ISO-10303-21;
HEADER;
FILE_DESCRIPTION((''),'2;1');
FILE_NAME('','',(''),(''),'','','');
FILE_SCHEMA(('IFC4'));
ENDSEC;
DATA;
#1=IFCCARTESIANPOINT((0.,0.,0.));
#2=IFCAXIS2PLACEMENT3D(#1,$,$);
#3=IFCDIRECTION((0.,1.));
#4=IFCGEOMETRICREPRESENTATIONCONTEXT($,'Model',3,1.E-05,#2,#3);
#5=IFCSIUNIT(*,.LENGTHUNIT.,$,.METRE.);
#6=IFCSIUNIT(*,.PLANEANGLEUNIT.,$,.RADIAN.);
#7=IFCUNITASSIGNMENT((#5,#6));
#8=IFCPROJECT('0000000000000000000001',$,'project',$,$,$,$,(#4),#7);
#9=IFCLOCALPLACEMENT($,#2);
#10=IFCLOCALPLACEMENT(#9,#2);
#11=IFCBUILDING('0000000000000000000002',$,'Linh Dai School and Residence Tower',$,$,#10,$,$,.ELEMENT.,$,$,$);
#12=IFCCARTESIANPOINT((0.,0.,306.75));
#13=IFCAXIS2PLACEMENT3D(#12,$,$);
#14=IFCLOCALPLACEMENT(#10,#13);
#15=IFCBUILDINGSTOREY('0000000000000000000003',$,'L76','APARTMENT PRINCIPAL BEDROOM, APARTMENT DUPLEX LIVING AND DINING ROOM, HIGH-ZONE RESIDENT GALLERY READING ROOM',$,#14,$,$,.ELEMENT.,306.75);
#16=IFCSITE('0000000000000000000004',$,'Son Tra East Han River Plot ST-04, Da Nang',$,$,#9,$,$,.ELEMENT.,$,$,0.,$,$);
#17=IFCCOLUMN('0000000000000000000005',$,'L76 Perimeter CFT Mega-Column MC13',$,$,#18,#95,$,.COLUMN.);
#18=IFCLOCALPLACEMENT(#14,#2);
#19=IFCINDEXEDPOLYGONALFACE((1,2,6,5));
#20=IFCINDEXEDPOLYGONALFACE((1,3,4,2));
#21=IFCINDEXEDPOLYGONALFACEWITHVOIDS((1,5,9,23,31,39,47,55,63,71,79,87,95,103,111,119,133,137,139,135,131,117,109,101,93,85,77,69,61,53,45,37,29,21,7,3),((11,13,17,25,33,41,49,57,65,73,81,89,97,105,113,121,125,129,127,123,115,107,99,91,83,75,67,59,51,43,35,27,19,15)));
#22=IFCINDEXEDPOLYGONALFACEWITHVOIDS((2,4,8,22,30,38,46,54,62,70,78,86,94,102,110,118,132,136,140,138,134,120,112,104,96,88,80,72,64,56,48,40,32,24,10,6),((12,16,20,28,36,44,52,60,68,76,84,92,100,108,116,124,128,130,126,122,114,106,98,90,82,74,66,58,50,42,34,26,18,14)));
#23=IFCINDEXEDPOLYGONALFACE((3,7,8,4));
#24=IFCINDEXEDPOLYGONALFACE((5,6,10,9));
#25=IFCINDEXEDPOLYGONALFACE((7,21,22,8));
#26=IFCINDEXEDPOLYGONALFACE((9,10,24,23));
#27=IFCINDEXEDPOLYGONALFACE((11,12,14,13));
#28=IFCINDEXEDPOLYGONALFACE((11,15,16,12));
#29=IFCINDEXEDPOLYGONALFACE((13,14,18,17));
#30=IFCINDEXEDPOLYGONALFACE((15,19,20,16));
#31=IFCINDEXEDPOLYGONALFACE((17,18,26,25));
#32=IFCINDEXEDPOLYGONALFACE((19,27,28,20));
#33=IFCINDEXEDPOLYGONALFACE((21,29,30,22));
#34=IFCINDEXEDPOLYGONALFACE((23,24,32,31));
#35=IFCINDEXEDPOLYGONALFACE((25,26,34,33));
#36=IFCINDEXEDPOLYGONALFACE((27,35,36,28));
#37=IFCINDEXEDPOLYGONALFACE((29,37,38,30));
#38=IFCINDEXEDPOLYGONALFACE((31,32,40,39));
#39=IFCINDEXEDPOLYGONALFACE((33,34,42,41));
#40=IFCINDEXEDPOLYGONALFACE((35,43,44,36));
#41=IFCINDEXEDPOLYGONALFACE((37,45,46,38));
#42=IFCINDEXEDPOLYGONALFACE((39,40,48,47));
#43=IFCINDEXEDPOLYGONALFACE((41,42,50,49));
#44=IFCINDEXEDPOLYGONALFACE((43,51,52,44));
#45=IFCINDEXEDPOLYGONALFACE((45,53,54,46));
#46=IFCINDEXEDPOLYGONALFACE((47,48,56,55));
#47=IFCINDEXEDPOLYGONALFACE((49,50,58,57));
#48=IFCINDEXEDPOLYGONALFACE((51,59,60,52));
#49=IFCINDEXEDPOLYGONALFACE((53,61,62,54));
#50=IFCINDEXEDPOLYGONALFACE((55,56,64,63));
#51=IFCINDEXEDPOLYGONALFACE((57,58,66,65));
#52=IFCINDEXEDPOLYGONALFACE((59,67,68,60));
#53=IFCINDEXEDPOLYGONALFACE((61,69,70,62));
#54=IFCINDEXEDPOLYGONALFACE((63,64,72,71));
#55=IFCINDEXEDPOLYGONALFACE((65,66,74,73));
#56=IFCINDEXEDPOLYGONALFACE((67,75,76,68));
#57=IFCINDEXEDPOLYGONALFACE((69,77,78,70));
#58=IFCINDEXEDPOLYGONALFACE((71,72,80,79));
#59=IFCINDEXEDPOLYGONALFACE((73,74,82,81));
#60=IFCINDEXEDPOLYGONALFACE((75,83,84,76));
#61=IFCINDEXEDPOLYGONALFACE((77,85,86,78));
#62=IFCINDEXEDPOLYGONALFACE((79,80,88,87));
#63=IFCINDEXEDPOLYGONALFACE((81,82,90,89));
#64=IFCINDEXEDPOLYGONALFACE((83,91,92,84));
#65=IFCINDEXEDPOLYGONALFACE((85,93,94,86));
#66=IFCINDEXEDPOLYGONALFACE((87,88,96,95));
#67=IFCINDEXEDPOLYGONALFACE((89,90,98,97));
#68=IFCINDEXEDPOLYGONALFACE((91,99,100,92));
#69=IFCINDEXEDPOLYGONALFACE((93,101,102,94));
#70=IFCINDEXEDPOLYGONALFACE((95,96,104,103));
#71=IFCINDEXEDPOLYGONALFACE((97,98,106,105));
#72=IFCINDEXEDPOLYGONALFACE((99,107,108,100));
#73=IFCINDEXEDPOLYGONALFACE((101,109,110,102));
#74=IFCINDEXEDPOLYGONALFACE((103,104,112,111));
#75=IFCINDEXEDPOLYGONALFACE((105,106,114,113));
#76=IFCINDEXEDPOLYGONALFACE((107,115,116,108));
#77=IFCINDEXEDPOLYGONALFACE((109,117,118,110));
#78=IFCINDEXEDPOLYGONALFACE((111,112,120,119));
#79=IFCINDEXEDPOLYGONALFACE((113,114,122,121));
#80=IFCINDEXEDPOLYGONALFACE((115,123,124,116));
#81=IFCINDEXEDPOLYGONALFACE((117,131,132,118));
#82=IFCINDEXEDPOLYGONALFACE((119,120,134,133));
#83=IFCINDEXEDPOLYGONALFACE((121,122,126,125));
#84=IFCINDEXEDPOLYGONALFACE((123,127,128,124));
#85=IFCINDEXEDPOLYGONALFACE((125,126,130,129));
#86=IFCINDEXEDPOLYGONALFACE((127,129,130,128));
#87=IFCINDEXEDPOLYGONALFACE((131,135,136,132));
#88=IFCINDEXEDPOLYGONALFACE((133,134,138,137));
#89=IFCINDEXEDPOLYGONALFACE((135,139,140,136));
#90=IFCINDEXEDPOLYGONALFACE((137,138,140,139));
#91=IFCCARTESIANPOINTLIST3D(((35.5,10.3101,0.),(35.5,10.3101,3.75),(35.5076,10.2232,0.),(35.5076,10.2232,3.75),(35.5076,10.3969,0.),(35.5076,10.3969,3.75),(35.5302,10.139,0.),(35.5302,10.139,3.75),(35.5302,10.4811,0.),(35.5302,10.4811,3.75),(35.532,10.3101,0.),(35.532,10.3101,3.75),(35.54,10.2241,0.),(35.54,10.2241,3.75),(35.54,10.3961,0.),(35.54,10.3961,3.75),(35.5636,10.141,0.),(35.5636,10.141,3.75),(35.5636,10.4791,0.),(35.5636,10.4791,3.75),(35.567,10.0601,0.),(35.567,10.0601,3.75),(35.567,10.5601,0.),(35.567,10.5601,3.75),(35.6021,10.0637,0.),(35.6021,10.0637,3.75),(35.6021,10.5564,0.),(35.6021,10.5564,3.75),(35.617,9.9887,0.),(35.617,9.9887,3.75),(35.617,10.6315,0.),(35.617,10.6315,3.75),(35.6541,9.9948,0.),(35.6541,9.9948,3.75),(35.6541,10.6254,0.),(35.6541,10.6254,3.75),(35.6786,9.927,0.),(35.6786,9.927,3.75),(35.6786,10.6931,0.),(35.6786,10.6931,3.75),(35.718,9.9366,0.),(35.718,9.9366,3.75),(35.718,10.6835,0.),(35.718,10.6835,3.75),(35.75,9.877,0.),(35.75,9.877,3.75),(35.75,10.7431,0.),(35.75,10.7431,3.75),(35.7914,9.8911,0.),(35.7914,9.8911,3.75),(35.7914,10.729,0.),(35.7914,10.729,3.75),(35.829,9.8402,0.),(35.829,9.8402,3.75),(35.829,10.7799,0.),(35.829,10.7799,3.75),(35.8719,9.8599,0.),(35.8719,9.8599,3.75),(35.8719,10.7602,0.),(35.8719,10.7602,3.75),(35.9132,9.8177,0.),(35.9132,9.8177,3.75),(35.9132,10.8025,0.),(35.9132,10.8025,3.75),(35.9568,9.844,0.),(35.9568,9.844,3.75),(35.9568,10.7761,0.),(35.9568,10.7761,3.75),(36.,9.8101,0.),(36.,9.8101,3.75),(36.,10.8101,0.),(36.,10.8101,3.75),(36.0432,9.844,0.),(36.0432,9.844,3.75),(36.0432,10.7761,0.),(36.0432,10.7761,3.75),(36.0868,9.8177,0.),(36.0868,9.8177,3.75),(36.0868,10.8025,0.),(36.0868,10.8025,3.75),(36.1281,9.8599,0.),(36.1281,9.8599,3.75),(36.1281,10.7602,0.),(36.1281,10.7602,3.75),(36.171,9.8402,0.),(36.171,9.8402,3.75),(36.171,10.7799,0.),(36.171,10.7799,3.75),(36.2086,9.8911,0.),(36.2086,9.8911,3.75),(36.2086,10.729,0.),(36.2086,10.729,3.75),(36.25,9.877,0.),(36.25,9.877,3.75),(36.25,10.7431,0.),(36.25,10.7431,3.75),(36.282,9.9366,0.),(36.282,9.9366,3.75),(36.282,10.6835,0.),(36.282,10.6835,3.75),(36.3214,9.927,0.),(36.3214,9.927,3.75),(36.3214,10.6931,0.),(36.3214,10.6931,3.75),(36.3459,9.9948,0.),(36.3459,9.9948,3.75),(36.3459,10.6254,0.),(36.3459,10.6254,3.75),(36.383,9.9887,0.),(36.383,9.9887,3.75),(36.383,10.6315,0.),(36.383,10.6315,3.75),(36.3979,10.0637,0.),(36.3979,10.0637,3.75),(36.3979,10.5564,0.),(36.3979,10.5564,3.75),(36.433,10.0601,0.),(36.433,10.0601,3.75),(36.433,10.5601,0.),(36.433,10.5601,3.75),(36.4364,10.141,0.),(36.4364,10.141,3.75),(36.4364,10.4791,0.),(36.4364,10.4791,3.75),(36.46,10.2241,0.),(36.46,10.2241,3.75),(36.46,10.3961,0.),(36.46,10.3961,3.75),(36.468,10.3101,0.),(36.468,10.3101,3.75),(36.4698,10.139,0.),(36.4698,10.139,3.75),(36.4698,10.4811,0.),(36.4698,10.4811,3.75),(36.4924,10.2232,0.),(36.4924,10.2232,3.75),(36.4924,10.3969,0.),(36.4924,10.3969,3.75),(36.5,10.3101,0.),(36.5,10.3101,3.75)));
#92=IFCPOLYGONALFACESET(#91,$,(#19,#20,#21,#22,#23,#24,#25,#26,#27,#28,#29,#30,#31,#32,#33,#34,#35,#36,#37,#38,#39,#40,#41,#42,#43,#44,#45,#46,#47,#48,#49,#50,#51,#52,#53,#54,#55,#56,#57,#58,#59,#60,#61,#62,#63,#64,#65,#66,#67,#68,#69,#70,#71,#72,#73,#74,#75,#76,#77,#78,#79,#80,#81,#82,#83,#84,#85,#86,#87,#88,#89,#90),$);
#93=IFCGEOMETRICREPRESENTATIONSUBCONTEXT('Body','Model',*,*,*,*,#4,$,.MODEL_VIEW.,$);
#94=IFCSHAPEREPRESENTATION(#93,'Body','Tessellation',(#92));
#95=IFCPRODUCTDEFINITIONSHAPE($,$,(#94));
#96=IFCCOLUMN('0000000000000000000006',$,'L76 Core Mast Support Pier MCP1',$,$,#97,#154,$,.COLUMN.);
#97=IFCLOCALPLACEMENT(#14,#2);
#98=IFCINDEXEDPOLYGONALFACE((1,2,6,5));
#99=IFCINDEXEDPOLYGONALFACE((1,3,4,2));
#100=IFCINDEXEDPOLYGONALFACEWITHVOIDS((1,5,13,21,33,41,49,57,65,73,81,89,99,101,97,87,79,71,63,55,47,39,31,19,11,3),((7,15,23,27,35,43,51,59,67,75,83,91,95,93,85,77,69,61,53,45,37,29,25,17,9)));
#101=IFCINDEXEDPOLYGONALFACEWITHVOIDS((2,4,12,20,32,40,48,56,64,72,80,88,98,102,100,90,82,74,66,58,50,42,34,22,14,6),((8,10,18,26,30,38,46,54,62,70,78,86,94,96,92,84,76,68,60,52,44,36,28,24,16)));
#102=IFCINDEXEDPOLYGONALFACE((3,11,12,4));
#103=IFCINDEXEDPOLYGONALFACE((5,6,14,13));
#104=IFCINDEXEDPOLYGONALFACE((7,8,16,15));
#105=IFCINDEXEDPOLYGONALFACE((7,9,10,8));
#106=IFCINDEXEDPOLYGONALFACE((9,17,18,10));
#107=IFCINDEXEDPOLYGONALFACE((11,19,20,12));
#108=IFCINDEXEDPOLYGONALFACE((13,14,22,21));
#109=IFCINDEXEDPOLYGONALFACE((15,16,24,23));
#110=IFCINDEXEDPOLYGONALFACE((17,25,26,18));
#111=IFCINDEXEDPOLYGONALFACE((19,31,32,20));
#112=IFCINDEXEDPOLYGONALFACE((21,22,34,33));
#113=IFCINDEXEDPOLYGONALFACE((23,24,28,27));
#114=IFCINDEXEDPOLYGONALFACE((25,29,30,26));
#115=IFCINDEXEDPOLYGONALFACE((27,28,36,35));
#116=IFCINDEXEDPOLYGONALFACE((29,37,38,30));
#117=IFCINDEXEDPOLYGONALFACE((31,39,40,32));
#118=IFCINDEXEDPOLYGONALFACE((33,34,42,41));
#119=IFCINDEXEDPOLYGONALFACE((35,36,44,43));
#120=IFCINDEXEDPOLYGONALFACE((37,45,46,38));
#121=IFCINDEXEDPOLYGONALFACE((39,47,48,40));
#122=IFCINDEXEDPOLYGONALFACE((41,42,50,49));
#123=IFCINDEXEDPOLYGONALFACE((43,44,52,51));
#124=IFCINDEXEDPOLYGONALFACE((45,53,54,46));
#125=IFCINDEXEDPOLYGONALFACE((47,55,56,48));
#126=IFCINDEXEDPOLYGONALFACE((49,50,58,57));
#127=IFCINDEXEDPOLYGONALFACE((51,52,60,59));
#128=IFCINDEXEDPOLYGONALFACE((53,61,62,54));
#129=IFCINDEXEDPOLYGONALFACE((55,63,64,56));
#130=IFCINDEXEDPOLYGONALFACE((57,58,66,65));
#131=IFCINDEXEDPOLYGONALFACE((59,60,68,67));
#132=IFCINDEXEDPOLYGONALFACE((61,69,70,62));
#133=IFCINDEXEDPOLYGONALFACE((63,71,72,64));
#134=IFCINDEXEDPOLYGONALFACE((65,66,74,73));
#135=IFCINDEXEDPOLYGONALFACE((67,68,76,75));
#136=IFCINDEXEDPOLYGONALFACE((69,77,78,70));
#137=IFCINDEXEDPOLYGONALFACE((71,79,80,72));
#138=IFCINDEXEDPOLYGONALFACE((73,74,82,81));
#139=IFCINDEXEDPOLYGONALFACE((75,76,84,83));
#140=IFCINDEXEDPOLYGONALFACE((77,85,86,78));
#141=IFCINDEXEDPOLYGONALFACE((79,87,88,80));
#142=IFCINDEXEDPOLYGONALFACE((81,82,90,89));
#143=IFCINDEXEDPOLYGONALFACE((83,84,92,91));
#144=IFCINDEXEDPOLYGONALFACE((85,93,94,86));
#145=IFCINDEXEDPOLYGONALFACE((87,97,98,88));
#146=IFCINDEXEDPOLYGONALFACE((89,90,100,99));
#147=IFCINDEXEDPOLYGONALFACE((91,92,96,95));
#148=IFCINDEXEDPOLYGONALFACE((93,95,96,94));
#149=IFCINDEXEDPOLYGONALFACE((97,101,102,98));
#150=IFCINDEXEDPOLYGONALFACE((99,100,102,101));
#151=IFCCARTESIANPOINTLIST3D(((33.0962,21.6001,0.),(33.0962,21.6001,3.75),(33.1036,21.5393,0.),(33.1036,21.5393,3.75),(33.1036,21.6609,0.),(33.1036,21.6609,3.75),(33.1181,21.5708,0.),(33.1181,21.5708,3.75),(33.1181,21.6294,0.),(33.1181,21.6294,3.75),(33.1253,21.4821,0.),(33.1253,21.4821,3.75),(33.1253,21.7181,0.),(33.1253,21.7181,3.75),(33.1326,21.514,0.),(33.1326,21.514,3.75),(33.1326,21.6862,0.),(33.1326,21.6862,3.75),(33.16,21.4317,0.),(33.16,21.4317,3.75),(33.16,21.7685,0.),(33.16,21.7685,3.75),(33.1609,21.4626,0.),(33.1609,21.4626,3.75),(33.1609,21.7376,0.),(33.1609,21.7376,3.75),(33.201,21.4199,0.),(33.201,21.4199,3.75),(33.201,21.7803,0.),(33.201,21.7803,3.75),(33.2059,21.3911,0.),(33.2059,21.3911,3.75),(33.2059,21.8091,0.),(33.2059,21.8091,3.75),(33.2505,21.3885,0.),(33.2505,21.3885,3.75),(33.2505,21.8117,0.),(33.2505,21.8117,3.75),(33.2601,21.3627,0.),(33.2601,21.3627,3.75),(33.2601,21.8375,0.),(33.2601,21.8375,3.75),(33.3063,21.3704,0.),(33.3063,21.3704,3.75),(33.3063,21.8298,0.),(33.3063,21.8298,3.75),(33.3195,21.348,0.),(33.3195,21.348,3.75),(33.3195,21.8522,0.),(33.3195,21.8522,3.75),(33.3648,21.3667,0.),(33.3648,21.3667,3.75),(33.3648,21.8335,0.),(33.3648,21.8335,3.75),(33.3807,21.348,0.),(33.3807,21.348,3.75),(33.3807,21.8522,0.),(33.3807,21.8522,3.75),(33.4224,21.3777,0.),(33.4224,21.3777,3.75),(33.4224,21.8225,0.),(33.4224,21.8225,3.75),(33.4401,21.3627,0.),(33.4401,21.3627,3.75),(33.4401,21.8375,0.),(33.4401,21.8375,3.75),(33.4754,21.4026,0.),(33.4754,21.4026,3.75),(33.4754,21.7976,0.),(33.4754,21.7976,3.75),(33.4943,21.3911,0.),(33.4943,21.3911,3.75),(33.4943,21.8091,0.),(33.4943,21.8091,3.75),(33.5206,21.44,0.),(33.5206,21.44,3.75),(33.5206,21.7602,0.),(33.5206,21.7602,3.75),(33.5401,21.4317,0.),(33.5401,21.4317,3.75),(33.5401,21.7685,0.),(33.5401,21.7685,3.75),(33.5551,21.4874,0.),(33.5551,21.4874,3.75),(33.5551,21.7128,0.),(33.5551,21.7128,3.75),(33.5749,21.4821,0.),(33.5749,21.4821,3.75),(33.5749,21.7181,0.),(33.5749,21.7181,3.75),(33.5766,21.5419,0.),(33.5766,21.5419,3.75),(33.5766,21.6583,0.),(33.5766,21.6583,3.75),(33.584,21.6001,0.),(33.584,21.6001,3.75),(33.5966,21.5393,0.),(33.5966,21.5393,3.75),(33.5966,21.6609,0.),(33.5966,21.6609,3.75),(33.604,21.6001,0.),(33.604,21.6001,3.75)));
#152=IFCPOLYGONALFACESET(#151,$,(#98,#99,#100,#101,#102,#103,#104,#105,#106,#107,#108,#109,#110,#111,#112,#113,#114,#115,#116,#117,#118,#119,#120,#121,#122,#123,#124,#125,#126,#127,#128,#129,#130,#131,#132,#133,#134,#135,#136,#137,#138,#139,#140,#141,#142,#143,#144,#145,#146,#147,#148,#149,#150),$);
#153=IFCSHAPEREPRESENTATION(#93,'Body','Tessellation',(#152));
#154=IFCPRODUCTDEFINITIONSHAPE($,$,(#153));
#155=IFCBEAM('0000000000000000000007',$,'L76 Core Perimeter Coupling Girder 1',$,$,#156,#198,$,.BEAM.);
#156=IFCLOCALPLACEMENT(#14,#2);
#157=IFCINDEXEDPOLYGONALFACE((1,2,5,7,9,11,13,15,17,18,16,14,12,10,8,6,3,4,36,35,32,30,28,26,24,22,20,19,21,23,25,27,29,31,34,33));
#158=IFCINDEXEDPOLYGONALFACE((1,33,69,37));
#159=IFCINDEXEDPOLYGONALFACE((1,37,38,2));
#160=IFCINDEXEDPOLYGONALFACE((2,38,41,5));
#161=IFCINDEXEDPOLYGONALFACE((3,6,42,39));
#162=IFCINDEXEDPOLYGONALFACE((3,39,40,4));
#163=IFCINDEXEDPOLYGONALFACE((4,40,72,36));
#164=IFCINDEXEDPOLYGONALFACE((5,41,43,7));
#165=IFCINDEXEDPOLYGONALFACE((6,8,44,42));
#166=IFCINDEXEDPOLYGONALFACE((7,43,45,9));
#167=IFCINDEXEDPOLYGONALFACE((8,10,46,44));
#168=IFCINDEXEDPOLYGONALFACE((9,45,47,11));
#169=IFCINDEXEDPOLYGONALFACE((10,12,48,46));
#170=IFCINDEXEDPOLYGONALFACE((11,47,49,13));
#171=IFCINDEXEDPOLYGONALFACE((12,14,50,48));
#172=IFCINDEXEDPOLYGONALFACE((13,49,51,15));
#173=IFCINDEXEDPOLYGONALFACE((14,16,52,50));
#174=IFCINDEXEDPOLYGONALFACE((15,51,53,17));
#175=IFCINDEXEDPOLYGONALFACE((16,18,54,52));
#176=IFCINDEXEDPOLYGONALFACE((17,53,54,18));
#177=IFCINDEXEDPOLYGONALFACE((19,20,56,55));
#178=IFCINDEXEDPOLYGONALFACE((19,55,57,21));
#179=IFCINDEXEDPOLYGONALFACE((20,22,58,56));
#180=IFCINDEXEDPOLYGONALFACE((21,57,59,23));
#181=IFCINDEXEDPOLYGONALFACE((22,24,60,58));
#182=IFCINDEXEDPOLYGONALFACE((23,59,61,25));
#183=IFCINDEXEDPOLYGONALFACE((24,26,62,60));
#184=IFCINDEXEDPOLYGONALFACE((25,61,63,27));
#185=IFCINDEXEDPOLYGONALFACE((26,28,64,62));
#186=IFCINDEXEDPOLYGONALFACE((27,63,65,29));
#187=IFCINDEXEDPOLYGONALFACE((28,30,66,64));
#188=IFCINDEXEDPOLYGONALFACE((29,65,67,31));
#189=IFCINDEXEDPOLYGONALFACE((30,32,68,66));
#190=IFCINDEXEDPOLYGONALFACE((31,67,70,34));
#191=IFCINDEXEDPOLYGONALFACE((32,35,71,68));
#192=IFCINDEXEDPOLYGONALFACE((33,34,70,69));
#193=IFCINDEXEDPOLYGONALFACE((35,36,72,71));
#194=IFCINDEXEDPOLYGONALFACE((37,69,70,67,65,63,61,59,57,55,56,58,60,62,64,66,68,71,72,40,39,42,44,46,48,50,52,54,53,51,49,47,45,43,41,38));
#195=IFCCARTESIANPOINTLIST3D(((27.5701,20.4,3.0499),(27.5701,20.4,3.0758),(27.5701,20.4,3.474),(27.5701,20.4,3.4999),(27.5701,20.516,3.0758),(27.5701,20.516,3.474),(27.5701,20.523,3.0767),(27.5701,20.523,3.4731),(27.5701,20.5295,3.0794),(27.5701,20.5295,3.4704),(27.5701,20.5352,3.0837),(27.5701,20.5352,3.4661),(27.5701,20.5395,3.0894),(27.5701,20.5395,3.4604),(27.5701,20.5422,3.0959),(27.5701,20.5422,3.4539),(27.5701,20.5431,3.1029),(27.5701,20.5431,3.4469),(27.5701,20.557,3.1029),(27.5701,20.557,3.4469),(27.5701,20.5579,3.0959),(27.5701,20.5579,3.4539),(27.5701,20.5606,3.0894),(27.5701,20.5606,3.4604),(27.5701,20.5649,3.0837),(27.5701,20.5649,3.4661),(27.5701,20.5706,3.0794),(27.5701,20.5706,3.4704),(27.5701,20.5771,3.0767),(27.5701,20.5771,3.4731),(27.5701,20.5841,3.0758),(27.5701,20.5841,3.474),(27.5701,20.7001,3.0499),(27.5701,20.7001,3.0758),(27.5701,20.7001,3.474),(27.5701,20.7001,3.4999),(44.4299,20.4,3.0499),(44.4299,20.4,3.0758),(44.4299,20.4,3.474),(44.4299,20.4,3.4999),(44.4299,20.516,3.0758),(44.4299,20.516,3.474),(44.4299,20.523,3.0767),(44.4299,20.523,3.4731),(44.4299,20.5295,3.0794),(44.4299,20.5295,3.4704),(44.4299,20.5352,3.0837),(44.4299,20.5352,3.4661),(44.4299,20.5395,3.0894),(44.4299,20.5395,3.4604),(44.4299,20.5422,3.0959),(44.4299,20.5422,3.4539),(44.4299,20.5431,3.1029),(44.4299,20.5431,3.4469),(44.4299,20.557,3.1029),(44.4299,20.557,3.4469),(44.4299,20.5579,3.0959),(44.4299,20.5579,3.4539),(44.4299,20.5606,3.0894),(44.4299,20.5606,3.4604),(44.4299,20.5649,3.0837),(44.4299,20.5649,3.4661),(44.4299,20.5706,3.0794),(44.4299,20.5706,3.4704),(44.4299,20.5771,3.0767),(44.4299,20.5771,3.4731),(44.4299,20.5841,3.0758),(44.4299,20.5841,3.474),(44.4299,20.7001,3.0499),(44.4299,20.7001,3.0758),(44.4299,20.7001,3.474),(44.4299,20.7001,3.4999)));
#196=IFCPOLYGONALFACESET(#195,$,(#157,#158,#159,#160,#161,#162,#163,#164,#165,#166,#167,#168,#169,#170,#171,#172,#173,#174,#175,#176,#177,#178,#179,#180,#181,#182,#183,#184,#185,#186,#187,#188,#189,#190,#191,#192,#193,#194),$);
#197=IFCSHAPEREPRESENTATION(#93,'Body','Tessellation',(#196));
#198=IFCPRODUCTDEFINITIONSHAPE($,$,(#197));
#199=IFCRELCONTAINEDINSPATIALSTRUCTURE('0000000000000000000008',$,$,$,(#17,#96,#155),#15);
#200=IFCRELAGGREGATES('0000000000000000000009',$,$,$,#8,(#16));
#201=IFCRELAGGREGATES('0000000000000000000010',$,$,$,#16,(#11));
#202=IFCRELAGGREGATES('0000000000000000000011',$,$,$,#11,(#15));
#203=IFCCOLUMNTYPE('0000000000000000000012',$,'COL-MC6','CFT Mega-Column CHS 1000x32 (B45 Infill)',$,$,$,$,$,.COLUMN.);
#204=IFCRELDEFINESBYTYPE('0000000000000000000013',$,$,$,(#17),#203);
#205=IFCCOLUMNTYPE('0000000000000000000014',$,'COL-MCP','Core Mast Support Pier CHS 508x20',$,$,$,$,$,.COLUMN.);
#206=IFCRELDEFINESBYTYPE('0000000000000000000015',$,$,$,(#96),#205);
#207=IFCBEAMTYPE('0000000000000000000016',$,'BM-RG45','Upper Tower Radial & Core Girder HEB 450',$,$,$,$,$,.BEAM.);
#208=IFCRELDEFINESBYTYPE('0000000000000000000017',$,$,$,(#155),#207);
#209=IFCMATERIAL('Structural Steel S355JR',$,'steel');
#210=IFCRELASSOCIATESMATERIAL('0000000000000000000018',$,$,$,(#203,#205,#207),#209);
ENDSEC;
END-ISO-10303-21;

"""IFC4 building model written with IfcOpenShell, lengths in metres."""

from ifc_helpers import new_model, si_unit, direction, frame, origin, origin_2d, place, context, subcontext, project, spatial, hollow_circle, i_section, extrude, material, material_profile, profile_set, type_object, element, save


model = new_model("IFC4")

# Units and contexts
model_context = context("Model", 3, precision=1e-05, world=origin(), true_north=direction((0.0, 1.0)))
body_context = subcontext(model_context, "Body", "Model", "MODEL_VIEW")
ifc_project = project(units=[si_unit("LENGTHUNIT", "METRE"), si_unit("PLANEANGLEUNIT", "RADIAN")], contexts=[model_context])

# Site, building, storey
site_placement = place(None, origin())
site = spatial("IfcSite", under=ifc_project, at=site_placement, Name="Son Tra East Han River Plot ST-04, Da Nang", CompositionType="ELEMENT", RefElevation=0.0)
building_placement = place(site_placement, origin())
building = spatial("IfcBuilding", under=site, at=building_placement, Name="Linh Dai School and Residence Tower", CompositionType="ELEMENT")
storey_placement = place(building_placement, frame((0.0, 0.0, 306.75)))
storey = spatial("IfcBuildingStorey", under=building, at=storey_placement, Name="L76", Description="APARTMENT PRINCIPAL BEDROOM, APARTMENT DUPLEX LIVING AND DINING ROOM, HIGH-ZONE RESIDENT GALLERY READING ROOM", CompositionType="ELEMENT", Elevation=306.75)

# Columns
ifc_material_1 = material(Name="Structural Steel S355JR", Category="steel")
ifc_material_profile_1 = material_profile(ifc_material_1, hollow_circle(Radius=0.5, WallThickness=0.032, at=origin_2d()), Name="CHS 1000x32")
ifc_profile_set_1 = profile_set([ifc_material_profile_1], Name="Structural Steel S355JR")
column_type_1 = type_object("IfcColumnType", Name="COL-MC6", Description="CFT Mega-Column CHS 1000x32 (B45 Infill)", PredefinedType="COLUMN", material=ifc_profile_set_1)
column_1_placement = place(storey_placement, frame((36.0, 10.3101, 0.0), z_axis=(0.0, 0.0, 1.0), x_axis=(1.0, 0.0, 0.0)))
element("IfcColumn", 1, at=column_1_placement, inside=storey, type_object=column_type_1, Name="L76 Perimeter CFT Mega-Column MC13", PredefinedType="COLUMN", context=body_context, shape_type="SweptSolid", body=[
    extrude(hollow_circle(Radius=0.5, WallThickness=0.032, at=origin_2d()), origin(), (0.0, 0.0, 1.0), 3.75),
])
ifc_material_profile_2 = material_profile(ifc_material_1, hollow_circle(Radius=0.2539, WallThickness=0.02, at=origin_2d()), Name="CHS 508x20")
ifc_profile_set_2 = profile_set([ifc_material_profile_2], Name="Structural Steel S355JR")
column_type_2 = type_object("IfcColumnType", Name="COL-MCP", Description="Core Mast Support Pier CHS 508x20", PredefinedType="COLUMN", material=ifc_profile_set_2)
column_2_placement = place(storey_placement, frame((33.3501, 21.6001, 0.0), z_axis=(0.0, 0.0, 1.0), x_axis=(1.0, 0.0, 0.0)))
element("IfcColumn", 2, at=column_2_placement, inside=storey, type_object=column_type_2, Name="L76 Core Mast Support Pier MCP1", PredefinedType="COLUMN", context=body_context, shape_type="SweptSolid", body=[
    extrude(hollow_circle(Radius=0.2539, WallThickness=0.02, at=origin_2d()), origin(), (0.0, 0.0, 1.0), 3.75),
])

# Beam
ifc_material_profile_3 = material_profile(ifc_material_1, i_section(OverallWidth=0.3, OverallDepth=0.45, WebThickness=0.0139, FlangeThickness=0.0259, FilletRadius=0.0271, at=origin_2d()), Name="HEB 450")
ifc_profile_set_3 = profile_set([ifc_material_profile_3], Name="Structural Steel S355JR")
beam_type_1 = type_object("IfcBeamType", Name="BM-RG45", Description="Upper Tower Radial & Core Girder HEB 450", PredefinedType="BEAM", material=ifc_profile_set_3)
beam_1_placement = place(storey_placement, frame((27.5701, 20.55, 3.2749), z_axis=(1.0, 0.0, 0.0), x_axis=(0.0, 1.0, 0.0)))
element("IfcBeam", 3, at=beam_1_placement, inside=storey, type_object=beam_type_1, Name="L76 Core Perimeter Coupling Girder 1", PredefinedType="BEAM", context=body_context, shape_type="SweptSolid", body=[
    extrude(i_section(OverallWidth=0.3, OverallDepth=0.45, WebThickness=0.0139, FlangeThickness=0.0259, FilletRadius=0.0271, at=origin_2d()), origin(), (0.0, 0.0, 1.0), 16.8599),
])

save(model, "model.ifc")
